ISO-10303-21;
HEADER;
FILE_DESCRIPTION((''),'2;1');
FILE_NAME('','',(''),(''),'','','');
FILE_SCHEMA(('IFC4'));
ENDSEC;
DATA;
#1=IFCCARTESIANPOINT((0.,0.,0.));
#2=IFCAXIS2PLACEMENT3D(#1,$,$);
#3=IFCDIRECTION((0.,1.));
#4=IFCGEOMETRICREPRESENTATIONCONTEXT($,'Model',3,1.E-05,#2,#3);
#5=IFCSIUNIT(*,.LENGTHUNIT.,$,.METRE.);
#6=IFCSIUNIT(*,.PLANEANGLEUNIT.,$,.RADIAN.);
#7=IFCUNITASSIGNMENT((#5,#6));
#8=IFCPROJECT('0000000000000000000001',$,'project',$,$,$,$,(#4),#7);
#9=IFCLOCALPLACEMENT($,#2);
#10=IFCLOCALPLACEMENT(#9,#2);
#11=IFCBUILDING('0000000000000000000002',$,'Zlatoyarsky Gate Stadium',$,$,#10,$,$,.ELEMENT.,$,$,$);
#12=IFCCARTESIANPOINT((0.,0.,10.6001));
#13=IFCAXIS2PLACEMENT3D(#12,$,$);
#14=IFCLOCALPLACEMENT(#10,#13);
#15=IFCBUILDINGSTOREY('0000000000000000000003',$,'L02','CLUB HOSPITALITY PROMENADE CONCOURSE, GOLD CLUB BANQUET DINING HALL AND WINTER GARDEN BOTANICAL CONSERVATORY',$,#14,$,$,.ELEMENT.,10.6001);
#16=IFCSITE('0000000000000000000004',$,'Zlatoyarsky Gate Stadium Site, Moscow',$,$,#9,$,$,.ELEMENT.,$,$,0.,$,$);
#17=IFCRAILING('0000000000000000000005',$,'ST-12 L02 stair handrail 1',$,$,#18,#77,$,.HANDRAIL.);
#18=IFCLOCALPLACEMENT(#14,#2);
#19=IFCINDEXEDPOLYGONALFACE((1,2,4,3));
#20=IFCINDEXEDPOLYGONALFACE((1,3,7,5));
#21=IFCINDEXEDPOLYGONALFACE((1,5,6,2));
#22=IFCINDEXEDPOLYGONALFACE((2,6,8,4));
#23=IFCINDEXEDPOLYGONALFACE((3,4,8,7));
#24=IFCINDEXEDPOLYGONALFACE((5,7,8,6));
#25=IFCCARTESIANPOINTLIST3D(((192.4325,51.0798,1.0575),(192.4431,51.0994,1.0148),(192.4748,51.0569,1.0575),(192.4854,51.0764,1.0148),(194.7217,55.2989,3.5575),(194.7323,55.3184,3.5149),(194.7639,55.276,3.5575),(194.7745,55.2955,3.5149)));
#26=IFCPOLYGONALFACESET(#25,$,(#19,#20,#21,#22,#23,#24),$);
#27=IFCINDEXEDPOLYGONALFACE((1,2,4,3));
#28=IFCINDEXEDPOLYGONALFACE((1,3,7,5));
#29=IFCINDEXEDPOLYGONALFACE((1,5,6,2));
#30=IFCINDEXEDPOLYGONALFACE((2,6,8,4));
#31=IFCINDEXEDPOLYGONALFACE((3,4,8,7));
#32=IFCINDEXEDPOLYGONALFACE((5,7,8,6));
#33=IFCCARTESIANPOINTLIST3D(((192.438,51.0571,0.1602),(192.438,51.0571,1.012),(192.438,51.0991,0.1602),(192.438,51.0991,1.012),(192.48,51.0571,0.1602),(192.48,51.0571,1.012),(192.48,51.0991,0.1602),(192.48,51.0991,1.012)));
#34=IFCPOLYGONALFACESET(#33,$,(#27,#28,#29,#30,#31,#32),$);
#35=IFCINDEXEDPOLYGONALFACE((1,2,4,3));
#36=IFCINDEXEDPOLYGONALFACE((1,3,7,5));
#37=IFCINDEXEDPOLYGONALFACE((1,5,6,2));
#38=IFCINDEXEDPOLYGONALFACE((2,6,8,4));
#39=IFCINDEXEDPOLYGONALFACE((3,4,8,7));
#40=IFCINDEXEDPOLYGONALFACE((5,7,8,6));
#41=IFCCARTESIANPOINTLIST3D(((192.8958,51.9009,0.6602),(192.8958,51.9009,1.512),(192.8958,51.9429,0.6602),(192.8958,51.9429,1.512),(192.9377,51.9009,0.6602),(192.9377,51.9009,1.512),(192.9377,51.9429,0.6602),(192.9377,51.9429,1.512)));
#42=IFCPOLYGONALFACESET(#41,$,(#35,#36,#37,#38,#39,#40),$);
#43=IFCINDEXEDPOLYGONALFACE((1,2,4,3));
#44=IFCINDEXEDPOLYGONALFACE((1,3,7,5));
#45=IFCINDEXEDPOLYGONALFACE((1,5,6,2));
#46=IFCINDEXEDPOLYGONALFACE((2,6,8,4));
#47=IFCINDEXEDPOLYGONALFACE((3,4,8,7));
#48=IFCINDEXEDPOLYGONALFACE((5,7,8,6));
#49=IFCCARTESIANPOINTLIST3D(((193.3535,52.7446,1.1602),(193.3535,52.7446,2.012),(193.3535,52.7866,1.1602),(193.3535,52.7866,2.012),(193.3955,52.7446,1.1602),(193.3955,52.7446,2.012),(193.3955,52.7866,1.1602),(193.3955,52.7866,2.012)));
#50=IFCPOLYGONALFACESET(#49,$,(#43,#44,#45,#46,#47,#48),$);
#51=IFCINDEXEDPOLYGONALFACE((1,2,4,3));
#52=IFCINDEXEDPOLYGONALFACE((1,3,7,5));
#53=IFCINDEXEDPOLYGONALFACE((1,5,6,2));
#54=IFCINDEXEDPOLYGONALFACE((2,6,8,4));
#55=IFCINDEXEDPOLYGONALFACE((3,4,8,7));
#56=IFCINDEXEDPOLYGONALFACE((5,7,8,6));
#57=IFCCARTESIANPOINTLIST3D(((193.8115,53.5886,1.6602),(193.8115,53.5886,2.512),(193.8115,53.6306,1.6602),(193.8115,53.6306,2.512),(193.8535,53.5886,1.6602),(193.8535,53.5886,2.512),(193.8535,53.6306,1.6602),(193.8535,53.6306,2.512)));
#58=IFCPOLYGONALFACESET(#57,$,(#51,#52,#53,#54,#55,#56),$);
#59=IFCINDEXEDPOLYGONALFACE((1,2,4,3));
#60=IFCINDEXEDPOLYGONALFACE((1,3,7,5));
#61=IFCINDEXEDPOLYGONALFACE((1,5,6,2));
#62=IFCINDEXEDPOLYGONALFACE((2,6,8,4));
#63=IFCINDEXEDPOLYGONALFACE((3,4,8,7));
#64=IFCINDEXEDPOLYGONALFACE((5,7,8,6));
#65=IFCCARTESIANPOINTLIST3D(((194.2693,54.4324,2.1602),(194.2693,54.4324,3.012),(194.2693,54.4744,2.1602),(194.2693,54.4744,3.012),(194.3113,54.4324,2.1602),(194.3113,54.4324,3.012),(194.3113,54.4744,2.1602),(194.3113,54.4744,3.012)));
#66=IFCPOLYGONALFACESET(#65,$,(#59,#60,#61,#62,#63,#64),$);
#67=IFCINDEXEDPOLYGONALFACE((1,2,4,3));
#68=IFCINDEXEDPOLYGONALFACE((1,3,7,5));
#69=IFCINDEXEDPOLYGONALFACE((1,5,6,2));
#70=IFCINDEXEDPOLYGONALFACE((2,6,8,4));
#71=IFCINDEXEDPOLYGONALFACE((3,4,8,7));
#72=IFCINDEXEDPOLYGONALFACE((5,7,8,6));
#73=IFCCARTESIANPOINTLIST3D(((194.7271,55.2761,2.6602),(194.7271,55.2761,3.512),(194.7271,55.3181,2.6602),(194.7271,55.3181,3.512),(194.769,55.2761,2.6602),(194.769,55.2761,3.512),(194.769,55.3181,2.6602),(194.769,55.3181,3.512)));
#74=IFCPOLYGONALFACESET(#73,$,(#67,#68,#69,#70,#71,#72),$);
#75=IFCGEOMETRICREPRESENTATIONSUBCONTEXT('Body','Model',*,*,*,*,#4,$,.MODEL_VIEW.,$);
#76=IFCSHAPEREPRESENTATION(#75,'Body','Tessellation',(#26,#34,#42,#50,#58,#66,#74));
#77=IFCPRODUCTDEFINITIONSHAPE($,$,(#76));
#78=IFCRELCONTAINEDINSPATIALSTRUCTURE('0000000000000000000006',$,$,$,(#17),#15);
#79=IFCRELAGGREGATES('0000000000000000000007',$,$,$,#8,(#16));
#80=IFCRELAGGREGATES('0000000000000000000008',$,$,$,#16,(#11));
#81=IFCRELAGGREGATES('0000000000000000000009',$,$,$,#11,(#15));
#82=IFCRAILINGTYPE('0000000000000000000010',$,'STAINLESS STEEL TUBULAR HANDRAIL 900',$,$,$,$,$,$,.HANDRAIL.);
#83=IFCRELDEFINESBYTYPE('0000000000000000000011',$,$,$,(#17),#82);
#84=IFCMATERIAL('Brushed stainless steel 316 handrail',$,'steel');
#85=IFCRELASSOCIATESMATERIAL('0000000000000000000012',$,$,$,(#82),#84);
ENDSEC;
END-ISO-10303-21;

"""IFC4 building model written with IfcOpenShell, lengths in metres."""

from ifc_helpers import new_model, si_unit, direction, frame, origin, origin_2d, place, context, subcontext, project, spatial, rectangle, extrude, material, type_object, element, save


model = new_model("IFC4")

# Units and contexts
model_context = context("Model", 3, precision=1e-05, world=origin(), true_north=direction((0.0, 1.0)))
body_context = subcontext(model_context, "Body", "Model", "MODEL_VIEW")
ifc_project = project(units=[si_unit("LENGTHUNIT", "METRE"), si_unit("PLANEANGLEUNIT", "RADIAN")], contexts=[model_context])

# Site, building, storey
site_placement = place(None, origin())
site = spatial("IfcSite", under=ifc_project, at=site_placement, Name="Zlatoyarsky Gate Stadium Site, Moscow", CompositionType="ELEMENT", RefElevation=0.0)
building_placement = place(site_placement, origin())
building = spatial("IfcBuilding", under=site, at=building_placement, Name="Zlatoyarsky Gate Stadium", CompositionType="ELEMENT")
storey_placement = place(building_placement, frame((0.0, 0.0, 10.6001)))
storey = spatial("IfcBuildingStorey", under=building, at=storey_placement, Name="L02", Description="CLUB HOSPITALITY PROMENADE CONCOURSE, GOLD CLUB BANQUET DINING HALL AND WINTER GARDEN BOTANICAL CONSERVATORY", CompositionType="ELEMENT", Elevation=10.6001)

# Railing
ifc_material_1 = material(Name="Brushed stainless steel 316 handrail", Category="steel")
railing_type = type_object("IfcRailingType", Name="STAINLESS STEEL TUBULAR HANDRAIL 900", PredefinedType="HANDRAIL", material=ifc_material_1)
railing_placement = place(storey_placement, frame((192.459, 51.0781, 0.1602)))
element("IfcRailing", 1, at=railing_placement, inside=storey, type_object=railing_type, Name="ST-12 L02 stair handrail 1", PredefinedType="HANDRAIL", context=body_context, shape_type="SweptSolid", body=[
    extrude(rectangle(XDim=0.0481, YDim=0.0481, at=origin_2d()), frame((0.0, 0.0, 0.876), z_axis=(0.422961, 0.779563, 0.461937), x_axis=(-0.878962, 0.476891, 0.0)), (0.0, 0.0, 1.0), 5.4121),
    extrude(rectangle(XDim=0.042, YDim=0.042, at=origin_2d()), origin(), (0.0, 0.0, 1.0), 0.8518),
    extrude(rectangle(XDim=0.042, YDim=0.042, at=origin_2d()), frame((0.4578, 0.8438, 0.5)), (0.0, 0.0, 1.0), 0.8518),
    extrude(rectangle(XDim=0.042, YDim=0.042, at=origin_2d()), frame((0.9155, 1.6875, 1.0)), (0.0, 0.0, 1.0), 0.8518),
    extrude(rectangle(XDim=0.042, YDim=0.042, at=origin_2d()), frame((1.3735, 2.5315, 1.5)), (0.0, 0.0, 1.0), 0.8518),
    extrude(rectangle(XDim=0.042, YDim=0.042, at=origin_2d()), frame((1.8313, 3.3752, 2.0)), (0.0, 0.0, 1.0), 0.8518),
    extrude(rectangle(XDim=0.042, YDim=0.042, at=origin_2d()), frame((2.2891, 4.219, 2.5)), (0.0, 0.0, 1.0), 0.8518),
])

save(model, "model.ifc")
